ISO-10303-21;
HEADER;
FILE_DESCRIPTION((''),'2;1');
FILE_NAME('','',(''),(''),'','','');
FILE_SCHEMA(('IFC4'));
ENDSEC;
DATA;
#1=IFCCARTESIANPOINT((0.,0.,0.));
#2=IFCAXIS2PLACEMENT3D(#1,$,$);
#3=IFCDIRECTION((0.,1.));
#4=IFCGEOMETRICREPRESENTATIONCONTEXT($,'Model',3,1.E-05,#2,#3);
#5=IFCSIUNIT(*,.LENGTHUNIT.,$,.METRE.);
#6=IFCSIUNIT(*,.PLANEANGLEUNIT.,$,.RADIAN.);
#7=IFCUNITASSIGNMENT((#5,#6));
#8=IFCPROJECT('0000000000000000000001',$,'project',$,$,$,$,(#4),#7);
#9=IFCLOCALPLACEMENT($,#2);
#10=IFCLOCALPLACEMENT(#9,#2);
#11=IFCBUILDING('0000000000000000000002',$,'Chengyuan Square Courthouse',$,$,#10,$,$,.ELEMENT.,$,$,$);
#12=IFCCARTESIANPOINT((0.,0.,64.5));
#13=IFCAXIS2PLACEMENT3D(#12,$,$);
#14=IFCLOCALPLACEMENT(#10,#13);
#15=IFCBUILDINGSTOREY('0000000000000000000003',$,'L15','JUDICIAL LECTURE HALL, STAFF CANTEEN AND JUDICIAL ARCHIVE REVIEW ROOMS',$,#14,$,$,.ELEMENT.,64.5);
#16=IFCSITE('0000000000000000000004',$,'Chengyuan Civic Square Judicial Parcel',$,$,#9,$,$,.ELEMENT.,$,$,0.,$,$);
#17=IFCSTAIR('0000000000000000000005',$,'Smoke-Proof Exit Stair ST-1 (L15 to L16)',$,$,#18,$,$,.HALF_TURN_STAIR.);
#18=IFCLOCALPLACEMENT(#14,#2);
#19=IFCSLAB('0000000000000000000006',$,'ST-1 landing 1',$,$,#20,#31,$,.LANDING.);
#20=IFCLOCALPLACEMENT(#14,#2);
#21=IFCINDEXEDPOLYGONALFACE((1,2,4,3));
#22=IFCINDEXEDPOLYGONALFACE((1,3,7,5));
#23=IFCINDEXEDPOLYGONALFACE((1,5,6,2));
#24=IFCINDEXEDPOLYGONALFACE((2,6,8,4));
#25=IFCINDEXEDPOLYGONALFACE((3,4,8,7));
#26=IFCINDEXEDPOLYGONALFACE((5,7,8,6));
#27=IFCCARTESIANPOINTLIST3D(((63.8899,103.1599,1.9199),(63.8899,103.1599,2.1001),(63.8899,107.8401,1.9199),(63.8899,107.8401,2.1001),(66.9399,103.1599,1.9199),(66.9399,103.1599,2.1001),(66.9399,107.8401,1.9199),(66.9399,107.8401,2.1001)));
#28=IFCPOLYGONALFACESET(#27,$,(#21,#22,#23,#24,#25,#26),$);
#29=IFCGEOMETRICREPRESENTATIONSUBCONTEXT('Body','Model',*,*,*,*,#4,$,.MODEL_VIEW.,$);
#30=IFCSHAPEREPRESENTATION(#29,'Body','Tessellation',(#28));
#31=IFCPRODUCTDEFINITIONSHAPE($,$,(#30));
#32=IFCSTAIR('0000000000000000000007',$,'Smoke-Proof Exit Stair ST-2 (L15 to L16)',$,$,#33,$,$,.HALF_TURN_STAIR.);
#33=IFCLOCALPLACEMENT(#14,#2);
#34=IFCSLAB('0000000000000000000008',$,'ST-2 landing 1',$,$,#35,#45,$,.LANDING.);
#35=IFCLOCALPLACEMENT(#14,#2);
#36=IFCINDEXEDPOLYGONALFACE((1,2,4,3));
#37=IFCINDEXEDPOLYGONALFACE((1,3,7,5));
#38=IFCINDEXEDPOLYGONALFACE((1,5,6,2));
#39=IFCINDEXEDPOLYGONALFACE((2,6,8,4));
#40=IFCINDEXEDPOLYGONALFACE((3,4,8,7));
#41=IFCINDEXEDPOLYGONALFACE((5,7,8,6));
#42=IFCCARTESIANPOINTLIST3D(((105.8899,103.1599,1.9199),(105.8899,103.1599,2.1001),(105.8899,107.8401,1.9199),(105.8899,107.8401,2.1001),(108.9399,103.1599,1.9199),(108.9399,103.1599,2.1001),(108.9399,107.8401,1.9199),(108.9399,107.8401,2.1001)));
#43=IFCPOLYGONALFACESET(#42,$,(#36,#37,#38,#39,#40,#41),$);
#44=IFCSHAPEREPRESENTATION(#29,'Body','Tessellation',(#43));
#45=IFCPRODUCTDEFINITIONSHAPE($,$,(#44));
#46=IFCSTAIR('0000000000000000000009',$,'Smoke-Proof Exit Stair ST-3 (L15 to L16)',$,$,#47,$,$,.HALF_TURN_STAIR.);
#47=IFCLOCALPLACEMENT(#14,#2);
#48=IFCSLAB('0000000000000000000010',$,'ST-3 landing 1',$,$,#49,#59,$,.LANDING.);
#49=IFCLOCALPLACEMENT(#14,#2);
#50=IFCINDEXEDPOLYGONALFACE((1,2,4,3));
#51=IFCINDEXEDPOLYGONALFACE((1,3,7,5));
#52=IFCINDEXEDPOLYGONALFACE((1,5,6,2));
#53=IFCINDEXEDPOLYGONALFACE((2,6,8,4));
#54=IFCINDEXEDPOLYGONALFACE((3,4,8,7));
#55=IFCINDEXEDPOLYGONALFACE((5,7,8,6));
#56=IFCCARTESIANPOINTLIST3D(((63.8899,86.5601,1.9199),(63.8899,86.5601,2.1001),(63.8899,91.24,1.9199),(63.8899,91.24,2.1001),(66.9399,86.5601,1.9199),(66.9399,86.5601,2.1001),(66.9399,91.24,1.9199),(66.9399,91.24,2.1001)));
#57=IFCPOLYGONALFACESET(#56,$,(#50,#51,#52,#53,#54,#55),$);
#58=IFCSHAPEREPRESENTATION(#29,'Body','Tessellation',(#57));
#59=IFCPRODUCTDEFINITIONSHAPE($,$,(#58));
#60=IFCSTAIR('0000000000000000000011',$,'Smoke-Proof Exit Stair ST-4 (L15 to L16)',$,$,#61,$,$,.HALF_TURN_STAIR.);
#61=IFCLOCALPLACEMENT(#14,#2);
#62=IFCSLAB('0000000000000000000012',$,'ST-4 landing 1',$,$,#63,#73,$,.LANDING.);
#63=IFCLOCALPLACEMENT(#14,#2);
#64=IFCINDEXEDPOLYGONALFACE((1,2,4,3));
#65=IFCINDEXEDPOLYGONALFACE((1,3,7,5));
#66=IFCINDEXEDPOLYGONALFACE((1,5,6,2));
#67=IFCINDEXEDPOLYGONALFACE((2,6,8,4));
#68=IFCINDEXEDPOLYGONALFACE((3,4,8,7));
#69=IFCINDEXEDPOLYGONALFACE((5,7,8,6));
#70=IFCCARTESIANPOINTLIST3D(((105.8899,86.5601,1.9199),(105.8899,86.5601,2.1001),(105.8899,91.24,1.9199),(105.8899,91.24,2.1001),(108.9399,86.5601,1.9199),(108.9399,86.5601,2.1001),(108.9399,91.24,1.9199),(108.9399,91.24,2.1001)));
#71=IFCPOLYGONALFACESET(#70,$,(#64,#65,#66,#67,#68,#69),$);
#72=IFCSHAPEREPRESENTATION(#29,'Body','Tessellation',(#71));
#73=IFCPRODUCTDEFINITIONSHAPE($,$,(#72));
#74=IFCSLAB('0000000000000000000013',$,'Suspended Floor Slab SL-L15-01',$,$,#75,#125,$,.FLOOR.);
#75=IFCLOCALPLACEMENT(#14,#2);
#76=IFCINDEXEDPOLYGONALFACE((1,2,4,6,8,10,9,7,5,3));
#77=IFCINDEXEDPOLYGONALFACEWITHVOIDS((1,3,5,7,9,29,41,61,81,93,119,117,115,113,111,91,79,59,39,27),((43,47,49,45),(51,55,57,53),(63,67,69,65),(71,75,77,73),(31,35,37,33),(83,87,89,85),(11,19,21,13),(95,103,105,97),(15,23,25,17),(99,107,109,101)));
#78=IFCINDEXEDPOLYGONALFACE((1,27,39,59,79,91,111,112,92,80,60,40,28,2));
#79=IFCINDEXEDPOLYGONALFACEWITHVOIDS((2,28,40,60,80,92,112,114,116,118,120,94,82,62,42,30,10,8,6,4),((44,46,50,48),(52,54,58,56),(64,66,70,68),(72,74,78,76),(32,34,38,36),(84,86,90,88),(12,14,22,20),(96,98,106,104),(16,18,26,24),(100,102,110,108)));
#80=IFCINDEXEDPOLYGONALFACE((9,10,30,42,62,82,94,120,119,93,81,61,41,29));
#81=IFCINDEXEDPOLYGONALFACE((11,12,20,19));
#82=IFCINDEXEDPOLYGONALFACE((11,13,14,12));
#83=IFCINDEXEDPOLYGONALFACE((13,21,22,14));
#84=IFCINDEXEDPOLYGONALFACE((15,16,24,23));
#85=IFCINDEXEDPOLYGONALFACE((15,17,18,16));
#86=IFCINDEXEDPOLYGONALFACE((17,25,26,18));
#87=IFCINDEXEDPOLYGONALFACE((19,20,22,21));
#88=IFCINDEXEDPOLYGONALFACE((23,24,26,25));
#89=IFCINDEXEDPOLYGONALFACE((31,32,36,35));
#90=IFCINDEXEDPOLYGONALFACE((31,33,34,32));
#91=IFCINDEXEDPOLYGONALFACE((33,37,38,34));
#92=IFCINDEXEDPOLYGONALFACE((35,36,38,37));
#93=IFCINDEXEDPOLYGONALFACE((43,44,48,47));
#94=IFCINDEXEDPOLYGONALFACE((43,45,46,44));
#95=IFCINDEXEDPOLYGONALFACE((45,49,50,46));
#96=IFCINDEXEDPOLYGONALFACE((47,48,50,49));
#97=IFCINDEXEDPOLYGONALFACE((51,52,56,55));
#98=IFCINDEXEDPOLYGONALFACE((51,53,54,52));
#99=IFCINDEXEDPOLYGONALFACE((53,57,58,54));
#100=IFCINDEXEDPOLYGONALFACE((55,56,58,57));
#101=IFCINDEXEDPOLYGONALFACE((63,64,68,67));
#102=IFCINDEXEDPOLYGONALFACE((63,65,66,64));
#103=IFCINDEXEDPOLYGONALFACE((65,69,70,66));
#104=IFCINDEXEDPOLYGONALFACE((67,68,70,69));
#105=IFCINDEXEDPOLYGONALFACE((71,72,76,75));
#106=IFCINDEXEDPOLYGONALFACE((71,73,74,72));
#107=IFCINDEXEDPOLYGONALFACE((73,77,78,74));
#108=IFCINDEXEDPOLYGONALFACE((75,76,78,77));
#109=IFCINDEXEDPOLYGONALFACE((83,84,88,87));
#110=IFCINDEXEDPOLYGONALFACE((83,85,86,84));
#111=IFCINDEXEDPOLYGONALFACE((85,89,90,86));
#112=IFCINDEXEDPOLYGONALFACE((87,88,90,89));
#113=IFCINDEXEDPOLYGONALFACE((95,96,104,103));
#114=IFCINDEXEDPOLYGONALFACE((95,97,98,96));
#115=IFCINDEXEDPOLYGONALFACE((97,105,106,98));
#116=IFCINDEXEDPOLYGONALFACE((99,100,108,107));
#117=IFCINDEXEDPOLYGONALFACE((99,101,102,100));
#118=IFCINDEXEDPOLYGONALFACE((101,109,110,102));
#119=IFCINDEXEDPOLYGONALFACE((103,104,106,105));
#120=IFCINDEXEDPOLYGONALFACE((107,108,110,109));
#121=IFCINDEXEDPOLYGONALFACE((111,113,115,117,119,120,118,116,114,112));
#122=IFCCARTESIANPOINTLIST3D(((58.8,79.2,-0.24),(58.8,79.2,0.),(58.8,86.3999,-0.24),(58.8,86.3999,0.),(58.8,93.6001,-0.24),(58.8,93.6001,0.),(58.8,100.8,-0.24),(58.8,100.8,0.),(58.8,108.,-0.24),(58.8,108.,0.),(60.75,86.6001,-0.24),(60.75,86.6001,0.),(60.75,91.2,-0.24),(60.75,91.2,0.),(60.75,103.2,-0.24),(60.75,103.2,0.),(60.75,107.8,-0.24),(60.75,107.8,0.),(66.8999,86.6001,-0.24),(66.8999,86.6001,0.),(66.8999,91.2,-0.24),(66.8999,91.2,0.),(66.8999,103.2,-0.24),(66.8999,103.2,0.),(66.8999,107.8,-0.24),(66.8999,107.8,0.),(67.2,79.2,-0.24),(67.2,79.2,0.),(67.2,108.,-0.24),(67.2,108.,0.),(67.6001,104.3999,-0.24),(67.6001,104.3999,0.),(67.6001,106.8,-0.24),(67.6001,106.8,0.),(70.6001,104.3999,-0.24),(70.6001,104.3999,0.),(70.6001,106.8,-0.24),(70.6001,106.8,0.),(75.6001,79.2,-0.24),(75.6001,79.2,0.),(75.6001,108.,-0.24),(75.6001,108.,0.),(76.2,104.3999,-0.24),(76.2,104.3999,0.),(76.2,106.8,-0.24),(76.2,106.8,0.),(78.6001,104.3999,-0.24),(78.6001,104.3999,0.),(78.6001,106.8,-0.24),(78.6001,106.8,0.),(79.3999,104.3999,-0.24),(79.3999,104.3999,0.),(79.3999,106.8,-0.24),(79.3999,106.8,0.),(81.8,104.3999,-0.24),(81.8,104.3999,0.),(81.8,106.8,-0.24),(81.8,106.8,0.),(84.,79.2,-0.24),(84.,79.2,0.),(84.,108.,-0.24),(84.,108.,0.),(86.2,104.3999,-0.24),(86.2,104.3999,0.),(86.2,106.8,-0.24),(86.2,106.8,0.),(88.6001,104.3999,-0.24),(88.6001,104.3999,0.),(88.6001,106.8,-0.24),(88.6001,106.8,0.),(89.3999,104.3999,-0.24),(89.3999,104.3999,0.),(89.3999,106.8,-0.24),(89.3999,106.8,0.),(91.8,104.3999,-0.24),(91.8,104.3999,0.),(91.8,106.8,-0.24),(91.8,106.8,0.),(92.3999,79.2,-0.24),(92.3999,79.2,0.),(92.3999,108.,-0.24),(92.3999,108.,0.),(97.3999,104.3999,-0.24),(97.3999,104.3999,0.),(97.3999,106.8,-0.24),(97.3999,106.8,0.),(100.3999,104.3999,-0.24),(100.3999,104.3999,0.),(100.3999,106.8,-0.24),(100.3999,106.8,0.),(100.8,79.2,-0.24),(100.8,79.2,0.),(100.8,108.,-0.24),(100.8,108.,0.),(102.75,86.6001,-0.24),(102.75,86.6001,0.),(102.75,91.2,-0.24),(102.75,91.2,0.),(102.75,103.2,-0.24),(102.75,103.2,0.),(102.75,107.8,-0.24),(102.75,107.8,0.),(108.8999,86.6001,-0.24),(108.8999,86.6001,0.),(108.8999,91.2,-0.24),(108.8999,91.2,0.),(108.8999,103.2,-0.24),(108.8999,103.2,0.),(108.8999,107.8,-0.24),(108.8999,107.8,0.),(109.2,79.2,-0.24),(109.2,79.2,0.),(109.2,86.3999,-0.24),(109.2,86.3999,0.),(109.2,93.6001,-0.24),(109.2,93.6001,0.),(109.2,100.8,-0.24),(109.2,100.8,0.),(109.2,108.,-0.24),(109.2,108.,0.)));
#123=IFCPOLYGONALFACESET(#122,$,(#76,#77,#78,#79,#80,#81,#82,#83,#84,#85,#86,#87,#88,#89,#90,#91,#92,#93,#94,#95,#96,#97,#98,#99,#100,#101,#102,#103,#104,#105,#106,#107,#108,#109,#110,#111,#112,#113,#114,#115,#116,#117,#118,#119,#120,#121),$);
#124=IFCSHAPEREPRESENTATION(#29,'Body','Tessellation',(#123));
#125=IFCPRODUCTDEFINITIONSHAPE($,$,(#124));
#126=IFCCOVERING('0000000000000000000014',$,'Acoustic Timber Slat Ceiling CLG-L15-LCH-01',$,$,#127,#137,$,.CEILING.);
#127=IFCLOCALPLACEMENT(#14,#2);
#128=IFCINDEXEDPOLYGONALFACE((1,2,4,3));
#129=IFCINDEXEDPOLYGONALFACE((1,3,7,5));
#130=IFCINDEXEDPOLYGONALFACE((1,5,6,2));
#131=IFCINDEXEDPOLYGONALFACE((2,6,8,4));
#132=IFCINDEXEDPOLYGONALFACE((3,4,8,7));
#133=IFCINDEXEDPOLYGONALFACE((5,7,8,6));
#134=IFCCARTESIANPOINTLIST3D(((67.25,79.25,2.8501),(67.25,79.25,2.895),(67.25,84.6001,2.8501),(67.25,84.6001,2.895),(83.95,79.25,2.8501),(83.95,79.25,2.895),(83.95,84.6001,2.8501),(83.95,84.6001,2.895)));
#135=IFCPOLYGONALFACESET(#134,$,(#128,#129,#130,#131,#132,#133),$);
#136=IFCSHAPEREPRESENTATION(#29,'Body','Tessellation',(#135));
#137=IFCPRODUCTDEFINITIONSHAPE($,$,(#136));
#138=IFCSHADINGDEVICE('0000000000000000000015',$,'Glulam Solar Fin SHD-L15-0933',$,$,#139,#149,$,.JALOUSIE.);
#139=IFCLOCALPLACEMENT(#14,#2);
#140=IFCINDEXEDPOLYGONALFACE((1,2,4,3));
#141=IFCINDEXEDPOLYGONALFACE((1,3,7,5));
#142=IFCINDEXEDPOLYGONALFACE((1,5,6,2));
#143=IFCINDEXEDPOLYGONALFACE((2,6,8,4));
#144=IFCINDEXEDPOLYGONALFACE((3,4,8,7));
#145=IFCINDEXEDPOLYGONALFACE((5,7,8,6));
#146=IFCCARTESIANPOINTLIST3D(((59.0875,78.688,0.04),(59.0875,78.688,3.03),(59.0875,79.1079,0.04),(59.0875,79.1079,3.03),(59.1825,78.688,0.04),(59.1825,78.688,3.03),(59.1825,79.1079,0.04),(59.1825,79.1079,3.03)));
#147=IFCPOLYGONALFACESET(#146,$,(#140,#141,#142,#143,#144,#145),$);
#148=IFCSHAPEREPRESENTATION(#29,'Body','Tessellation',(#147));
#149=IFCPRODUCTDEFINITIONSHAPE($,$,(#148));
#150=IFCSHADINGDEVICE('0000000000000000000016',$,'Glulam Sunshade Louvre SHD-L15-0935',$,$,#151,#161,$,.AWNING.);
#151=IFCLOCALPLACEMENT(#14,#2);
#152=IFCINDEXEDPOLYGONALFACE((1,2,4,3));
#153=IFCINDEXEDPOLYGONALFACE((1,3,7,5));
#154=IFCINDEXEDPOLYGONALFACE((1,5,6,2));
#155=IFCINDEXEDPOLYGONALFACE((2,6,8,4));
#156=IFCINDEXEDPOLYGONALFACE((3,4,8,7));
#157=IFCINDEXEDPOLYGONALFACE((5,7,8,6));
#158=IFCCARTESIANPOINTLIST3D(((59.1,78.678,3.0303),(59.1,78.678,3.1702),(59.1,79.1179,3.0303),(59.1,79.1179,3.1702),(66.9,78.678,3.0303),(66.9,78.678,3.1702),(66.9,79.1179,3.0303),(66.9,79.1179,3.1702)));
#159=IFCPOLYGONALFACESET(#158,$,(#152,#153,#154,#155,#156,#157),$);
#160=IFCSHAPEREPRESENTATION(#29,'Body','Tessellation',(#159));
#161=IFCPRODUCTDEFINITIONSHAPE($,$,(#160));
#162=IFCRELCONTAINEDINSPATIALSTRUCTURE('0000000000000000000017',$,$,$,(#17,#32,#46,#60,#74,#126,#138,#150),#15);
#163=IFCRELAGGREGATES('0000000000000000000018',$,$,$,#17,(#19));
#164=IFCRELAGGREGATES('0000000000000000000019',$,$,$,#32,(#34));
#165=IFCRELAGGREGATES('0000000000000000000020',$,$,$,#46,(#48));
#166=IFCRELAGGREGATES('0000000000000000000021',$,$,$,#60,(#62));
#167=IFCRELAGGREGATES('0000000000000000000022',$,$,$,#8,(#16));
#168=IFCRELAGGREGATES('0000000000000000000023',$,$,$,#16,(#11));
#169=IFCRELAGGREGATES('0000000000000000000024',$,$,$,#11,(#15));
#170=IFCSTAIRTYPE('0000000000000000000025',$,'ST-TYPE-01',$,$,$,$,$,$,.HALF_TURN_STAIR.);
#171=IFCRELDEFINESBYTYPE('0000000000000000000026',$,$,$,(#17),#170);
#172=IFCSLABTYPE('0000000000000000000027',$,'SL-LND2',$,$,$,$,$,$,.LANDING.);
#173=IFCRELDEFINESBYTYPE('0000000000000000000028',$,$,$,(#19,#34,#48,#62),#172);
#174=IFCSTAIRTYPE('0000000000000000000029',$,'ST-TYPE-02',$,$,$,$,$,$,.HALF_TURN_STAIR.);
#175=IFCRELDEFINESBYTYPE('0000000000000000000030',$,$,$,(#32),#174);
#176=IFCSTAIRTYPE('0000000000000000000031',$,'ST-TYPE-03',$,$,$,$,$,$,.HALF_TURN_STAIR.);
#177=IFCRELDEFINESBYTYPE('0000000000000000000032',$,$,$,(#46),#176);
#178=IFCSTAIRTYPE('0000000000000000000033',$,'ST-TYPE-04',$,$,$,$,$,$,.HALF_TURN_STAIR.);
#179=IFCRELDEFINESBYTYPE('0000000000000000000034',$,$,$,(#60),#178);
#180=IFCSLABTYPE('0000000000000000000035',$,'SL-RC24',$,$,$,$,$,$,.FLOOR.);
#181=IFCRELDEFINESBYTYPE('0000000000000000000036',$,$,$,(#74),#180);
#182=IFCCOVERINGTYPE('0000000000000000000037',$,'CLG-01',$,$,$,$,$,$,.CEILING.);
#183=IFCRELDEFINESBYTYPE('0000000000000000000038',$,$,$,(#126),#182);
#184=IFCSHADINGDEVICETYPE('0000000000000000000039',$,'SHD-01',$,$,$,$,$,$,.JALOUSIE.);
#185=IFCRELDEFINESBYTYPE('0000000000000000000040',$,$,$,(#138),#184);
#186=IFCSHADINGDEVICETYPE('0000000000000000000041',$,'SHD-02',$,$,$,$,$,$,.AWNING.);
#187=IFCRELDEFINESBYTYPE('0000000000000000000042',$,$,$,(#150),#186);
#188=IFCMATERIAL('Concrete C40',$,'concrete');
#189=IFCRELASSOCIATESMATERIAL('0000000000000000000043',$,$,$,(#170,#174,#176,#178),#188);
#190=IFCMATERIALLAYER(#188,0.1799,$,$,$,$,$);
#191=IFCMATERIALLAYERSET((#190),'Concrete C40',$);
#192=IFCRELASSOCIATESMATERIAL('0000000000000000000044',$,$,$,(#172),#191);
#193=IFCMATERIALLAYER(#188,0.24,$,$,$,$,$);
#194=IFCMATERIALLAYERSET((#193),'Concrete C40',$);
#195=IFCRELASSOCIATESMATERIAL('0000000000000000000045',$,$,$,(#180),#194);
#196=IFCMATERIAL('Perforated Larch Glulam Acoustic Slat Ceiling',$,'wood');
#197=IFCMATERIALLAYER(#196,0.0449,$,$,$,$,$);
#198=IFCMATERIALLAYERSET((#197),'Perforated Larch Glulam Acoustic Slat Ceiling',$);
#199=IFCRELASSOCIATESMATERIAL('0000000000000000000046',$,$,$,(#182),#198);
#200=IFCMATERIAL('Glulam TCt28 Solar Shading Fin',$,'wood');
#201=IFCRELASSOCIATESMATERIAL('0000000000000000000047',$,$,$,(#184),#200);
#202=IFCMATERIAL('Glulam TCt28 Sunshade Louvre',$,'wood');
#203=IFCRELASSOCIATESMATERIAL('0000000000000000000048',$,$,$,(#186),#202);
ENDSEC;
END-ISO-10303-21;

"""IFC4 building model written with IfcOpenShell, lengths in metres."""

from ifc_helpers import new_model, si_unit, direction, frame, origin, origin_2d, place, context, subcontext, project, spatial, polyline, rectangle, outline, extrude, material, layer, layer_set, type_object, element, aggregate, save


model = new_model("IFC4")

# Units and contexts
model_context = context("Model", 3, precision=1e-05, world=origin(), true_north=direction((0.0, 1.0)))
body_context = subcontext(model_context, "Body", "Model", "MODEL_VIEW")
ifc_project = project(units=[si_unit("LENGTHUNIT", "METRE"), si_unit("PLANEANGLEUNIT", "RADIAN")], contexts=[model_context])

# Site, building, storey
site_placement = place(None, origin())
site = spatial("IfcSite", under=ifc_project, at=site_placement, Name="Chengyuan Civic Square Judicial Parcel", CompositionType="ELEMENT", RefElevation=0.0)
building_placement = place(site_placement, origin())
building = spatial("IfcBuilding", under=site, at=building_placement, Name="Chengyuan Square Courthouse", CompositionType="ELEMENT")
storey_placement = place(building_placement, frame((0.0, 0.0, 64.5)))
storey = spatial("IfcBuildingStorey", under=building, at=storey_placement, Name="L15", Description="JUDICIAL LECTURE HALL, STAFF CANTEEN AND JUDICIAL ARCHIVE REVIEW ROOMS", CompositionType="ELEMENT", Elevation=64.5)

# Shared definitions
ifc_material_1 = material(Name="Concrete C40", Category="concrete")

# Stairs, slabs
stair_type_1 = type_object("IfcStairType", Name="ST-TYPE-01", PredefinedType="HALF_TURN_STAIR", material=ifc_material_1)
stair_1_placement = place(storey_placement, origin())
stair_1 = element("IfcStair", 1, at=stair_1_placement, inside=storey, type_object=stair_type_1, Name="Smoke-Proof Exit Stair ST-1 (L15 to L16)", PredefinedType="HALF_TURN_STAIR")
ifc_layer_1 = layer(ifc_material_1, 0.1799)
ifc_layer_set_1 = layer_set([ifc_layer_1], Name="Concrete C40")
slab_type_1 = type_object("IfcSlabType", Name="SL-LND2", PredefinedType="LANDING", material=ifc_layer_set_1)
slab_1_placement = place(storey_placement, frame((0.0, 0.0, 1.9199)))
slab_1 = element("IfcSlab", 2, at=slab_1_placement, type_object=slab_type_1, Name="ST-1 landing 1", PredefinedType="LANDING", context=body_context, shape_type="SweptSolid", body=[
    extrude(outline(polyline([(63.8899, 103.1599), (66.9399, 103.1599), (66.9399, 107.8401), (63.8899, 107.8401), (63.8899, 103.1599)])), origin(), (0.0, 0.0, 1.0), 0.1802),
])
aggregate(stair_1, [slab_1])
stair_type_2 = type_object("IfcStairType", Name="ST-TYPE-02", PredefinedType="HALF_TURN_STAIR", material=ifc_material_1)
stair_2_placement = place(storey_placement, origin())
stair_2 = element("IfcStair", 3, at=stair_2_placement, inside=storey, type_object=stair_type_2, Name="Smoke-Proof Exit Stair ST-2 (L15 to L16)", PredefinedType="HALF_TURN_STAIR")
slab_2_placement = place(storey_placement, frame((0.0, 0.0, 1.9199)))
slab_2 = element("IfcSlab", 4, at=slab_2_placement, type_object=slab_type_1, Name="ST-2 landing 1", PredefinedType="LANDING", context=body_context, shape_type="SweptSolid", body=[
    extrude(outline(polyline([(105.8899, 103.1599), (108.9399, 103.1599), (108.9399, 107.8401), (105.8899, 107.8401), (105.8899, 103.1599)])), origin(), (0.0, 0.0, 1.0), 0.1802),
])
aggregate(stair_2, [slab_2])
stair_type_3 = type_object("IfcStairType", Name="ST-TYPE-03", PredefinedType="HALF_TURN_STAIR", material=ifc_material_1)
stair_3_placement = place(storey_placement, origin())
stair_3 = element("IfcStair", 5, at=stair_3_placement, inside=storey, type_object=stair_type_3, Name="Smoke-Proof Exit Stair ST-3 (L15 to L16)", PredefinedType="HALF_TURN_STAIR")
slab_3_placement = place(storey_placement, frame((0.0, 0.0, 1.9199)))
slab_3 = element("IfcSlab", 6, at=slab_3_placement, type_object=slab_type_1, Name="ST-3 landing 1", PredefinedType="LANDING", context=body_context, shape_type="SweptSolid", body=[
    extrude(outline(polyline([(63.8899, 86.5601), (66.9399, 86.5601), (66.9399, 91.24), (63.8899, 91.24), (63.8899, 86.5601)])), origin(), (0.0, 0.0, 1.0), 0.1802),
])
aggregate(stair_3, [slab_3])
stair_type_4 = type_object("IfcStairType", Name="ST-TYPE-04", PredefinedType="HALF_TURN_STAIR", material=ifc_material_1)
stair_4_placement = place(storey_placement, origin())
stair_4 = element("IfcStair", 7, at=stair_4_placement, inside=storey, type_object=stair_type_4, Name="Smoke-Proof Exit Stair ST-4 (L15 to L16)", PredefinedType="HALF_TURN_STAIR")
slab_4_placement = place(storey_placement, frame((0.0, 0.0, 1.9199)))
slab_4 = element("IfcSlab", 8, at=slab_4_placement, type_object=slab_type_1, Name="ST-4 landing 1", PredefinedType="LANDING", context=body_context, shape_type="SweptSolid", body=[
    extrude(outline(polyline([(105.8899, 86.5601), (108.9399, 86.5601), (108.9399, 91.24), (105.8899, 91.24), (105.8899, 86.5601)])), origin(), (0.0, 0.0, 1.0), 0.1802),
])
aggregate(stair_4, [slab_4])

# Slab
ifc_layer_2 = layer(ifc_material_1, 0.24)
ifc_layer_set_2 = layer_set([ifc_layer_2], Name="Concrete C40")
slab_type_2 = type_object("IfcSlabType", Name="SL-RC24", PredefinedType="FLOOR", material=ifc_layer_set_2)
slab_5_placement = place(storey_placement, frame((0.0, 0.0, -0.24)))
element("IfcSlab", 9, at=slab_5_placement, inside=storey, type_object=slab_type_2, Name="Suspended Floor Slab SL-L15-01", PredefinedType="FLOOR", context=body_context, shape_type="SweptSolid", body=[
    extrude(outline(polyline([(67.2, 108.0), (75.6001, 108.0), (84.0, 108.0), (92.3999, 108.0), (100.8, 108.0), (109.2, 108.0), (109.2, 100.8), (109.2, 93.6001), (109.2, 86.3999), (109.2, 79.2), (100.8, 79.2), (92.3999, 79.2), (84.0, 79.2), (75.6001, 79.2), (67.2, 79.2), (58.8, 79.2), (58.8, 86.3999), (58.8, 93.6001), (58.8, 100.8), (58.8, 108.0), (67.2, 108.0)]), holes=[polyline([(60.75, 86.6001), (66.8999, 86.6001), (66.8999, 91.2), (60.75, 91.2), (60.75, 86.6001)]), polyline([(102.75, 86.6001), (108.8999, 86.6001), (108.8999, 91.2), (102.75, 91.2), (102.75, 86.6001)]), polyline([(60.75, 103.2), (66.8999, 103.2), (66.8999, 107.8), (60.75, 107.8), (60.75, 103.2)]), polyline([(102.75, 107.8), (102.75, 103.2), (108.8999, 103.2), (108.8999, 107.8), (102.75, 107.8)]), polyline([(67.6001, 106.8), (67.6001, 104.3999), (70.6001, 104.3999), (70.6001, 106.8), (67.6001, 106.8)]), polyline([(76.2, 104.3999), (78.6001, 104.3999), (78.6001, 106.8), (76.2, 106.8), (76.2, 104.3999)]), polyline([(79.3999, 104.3999), (81.8, 104.3999), (81.8, 106.8), (79.3999, 106.8), (79.3999, 104.3999)]), polyline([(86.2, 104.3999), (88.6001, 104.3999), (88.6001, 106.8), (86.2, 106.8), (86.2, 104.3999)]), polyline([(89.3999, 106.8), (89.3999, 104.3999), (91.8, 104.3999), (91.8, 106.8), (89.3999, 106.8)]), polyline([(97.3999, 106.8), (97.3999, 104.3999), (100.3999, 104.3999), (100.3999, 106.8), (97.3999, 106.8)])]), origin(), (0.0, 0.0, 1.0), 0.24),
])

# Covering
ifc_material_2 = material(Name="Perforated Larch Glulam Acoustic Slat Ceiling", Category="wood")
ifc_layer_3 = layer(ifc_material_2, 0.0449)
ifc_layer_set_3 = layer_set([ifc_layer_3], Name="Perforated Larch Glulam Acoustic Slat Ceiling")
covering_type = type_object("IfcCoveringType", Name="CLG-01", PredefinedType="CEILING", material=ifc_layer_set_3)
covering_placement = place(storey_placement, frame((0.0, 0.0, 2.8501)))
element("IfcCovering", 10, at=covering_placement, inside=storey, type_object=covering_type, Name="Acoustic Timber Slat Ceiling CLG-L15-LCH-01", PredefinedType="CEILING", context=body_context, shape_type="SweptSolid", body=[
    extrude(outline(polyline([(67.25, 79.25), (83.95, 79.25), (83.95, 84.6001), (67.25, 84.6001), (67.25, 79.25)])), origin(), (0.0, 0.0, 1.0), 0.0449),
])

# Shading devices
ifc_material_3 = material(Name="Glulam TCt28 Solar Shading Fin", Category="wood")
shading_device_type_1 = type_object("IfcShadingDeviceType", Name="SHD-01", PredefinedType="JALOUSIE", material=ifc_material_3)
shading_device_1_placement = place(storey_placement, frame((59.135, 78.8979, 0.04), z_axis=(0.0, 0.0, 1.0), x_axis=(0.0, 1.0, 0.0)))
element("IfcShadingDevice", 11, at=shading_device_1_placement, inside=storey, type_object=shading_device_type_1, Name="Glulam Solar Fin SHD-L15-0933", PredefinedType="JALOUSIE", context=body_context, shape_type="SweptSolid", body=[
    extrude(rectangle(XDim=0.4199, YDim=0.095, at=origin_2d()), origin(), (0.0, 0.0, 1.0), 2.99),
])
ifc_material_4 = material(Name="Glulam TCt28 Sunshade Louvre", Category="wood")
shading_device_type_2 = type_object("IfcShadingDeviceType", Name="SHD-02", PredefinedType="AWNING", material=ifc_material_4)
shading_device_2_placement = place(storey_placement, frame((63.0, 78.8979, 3.0303), z_axis=(0.0, 0.0, 1.0), x_axis=(1.0, 0.0, 0.0)))
element("IfcShadingDevice", 12, at=shading_device_2_placement, inside=storey, type_object=shading_device_type_2, Name="Glulam Sunshade Louvre SHD-L15-0935", PredefinedType="AWNING", context=body_context, shape_type="SweptSolid", body=[
    extrude(rectangle(XDim=7.8, YDim=0.4399, at=origin_2d()), origin(), (0.0, 0.0, 1.0), 0.1399),
])

save(model, "model.ifc")
